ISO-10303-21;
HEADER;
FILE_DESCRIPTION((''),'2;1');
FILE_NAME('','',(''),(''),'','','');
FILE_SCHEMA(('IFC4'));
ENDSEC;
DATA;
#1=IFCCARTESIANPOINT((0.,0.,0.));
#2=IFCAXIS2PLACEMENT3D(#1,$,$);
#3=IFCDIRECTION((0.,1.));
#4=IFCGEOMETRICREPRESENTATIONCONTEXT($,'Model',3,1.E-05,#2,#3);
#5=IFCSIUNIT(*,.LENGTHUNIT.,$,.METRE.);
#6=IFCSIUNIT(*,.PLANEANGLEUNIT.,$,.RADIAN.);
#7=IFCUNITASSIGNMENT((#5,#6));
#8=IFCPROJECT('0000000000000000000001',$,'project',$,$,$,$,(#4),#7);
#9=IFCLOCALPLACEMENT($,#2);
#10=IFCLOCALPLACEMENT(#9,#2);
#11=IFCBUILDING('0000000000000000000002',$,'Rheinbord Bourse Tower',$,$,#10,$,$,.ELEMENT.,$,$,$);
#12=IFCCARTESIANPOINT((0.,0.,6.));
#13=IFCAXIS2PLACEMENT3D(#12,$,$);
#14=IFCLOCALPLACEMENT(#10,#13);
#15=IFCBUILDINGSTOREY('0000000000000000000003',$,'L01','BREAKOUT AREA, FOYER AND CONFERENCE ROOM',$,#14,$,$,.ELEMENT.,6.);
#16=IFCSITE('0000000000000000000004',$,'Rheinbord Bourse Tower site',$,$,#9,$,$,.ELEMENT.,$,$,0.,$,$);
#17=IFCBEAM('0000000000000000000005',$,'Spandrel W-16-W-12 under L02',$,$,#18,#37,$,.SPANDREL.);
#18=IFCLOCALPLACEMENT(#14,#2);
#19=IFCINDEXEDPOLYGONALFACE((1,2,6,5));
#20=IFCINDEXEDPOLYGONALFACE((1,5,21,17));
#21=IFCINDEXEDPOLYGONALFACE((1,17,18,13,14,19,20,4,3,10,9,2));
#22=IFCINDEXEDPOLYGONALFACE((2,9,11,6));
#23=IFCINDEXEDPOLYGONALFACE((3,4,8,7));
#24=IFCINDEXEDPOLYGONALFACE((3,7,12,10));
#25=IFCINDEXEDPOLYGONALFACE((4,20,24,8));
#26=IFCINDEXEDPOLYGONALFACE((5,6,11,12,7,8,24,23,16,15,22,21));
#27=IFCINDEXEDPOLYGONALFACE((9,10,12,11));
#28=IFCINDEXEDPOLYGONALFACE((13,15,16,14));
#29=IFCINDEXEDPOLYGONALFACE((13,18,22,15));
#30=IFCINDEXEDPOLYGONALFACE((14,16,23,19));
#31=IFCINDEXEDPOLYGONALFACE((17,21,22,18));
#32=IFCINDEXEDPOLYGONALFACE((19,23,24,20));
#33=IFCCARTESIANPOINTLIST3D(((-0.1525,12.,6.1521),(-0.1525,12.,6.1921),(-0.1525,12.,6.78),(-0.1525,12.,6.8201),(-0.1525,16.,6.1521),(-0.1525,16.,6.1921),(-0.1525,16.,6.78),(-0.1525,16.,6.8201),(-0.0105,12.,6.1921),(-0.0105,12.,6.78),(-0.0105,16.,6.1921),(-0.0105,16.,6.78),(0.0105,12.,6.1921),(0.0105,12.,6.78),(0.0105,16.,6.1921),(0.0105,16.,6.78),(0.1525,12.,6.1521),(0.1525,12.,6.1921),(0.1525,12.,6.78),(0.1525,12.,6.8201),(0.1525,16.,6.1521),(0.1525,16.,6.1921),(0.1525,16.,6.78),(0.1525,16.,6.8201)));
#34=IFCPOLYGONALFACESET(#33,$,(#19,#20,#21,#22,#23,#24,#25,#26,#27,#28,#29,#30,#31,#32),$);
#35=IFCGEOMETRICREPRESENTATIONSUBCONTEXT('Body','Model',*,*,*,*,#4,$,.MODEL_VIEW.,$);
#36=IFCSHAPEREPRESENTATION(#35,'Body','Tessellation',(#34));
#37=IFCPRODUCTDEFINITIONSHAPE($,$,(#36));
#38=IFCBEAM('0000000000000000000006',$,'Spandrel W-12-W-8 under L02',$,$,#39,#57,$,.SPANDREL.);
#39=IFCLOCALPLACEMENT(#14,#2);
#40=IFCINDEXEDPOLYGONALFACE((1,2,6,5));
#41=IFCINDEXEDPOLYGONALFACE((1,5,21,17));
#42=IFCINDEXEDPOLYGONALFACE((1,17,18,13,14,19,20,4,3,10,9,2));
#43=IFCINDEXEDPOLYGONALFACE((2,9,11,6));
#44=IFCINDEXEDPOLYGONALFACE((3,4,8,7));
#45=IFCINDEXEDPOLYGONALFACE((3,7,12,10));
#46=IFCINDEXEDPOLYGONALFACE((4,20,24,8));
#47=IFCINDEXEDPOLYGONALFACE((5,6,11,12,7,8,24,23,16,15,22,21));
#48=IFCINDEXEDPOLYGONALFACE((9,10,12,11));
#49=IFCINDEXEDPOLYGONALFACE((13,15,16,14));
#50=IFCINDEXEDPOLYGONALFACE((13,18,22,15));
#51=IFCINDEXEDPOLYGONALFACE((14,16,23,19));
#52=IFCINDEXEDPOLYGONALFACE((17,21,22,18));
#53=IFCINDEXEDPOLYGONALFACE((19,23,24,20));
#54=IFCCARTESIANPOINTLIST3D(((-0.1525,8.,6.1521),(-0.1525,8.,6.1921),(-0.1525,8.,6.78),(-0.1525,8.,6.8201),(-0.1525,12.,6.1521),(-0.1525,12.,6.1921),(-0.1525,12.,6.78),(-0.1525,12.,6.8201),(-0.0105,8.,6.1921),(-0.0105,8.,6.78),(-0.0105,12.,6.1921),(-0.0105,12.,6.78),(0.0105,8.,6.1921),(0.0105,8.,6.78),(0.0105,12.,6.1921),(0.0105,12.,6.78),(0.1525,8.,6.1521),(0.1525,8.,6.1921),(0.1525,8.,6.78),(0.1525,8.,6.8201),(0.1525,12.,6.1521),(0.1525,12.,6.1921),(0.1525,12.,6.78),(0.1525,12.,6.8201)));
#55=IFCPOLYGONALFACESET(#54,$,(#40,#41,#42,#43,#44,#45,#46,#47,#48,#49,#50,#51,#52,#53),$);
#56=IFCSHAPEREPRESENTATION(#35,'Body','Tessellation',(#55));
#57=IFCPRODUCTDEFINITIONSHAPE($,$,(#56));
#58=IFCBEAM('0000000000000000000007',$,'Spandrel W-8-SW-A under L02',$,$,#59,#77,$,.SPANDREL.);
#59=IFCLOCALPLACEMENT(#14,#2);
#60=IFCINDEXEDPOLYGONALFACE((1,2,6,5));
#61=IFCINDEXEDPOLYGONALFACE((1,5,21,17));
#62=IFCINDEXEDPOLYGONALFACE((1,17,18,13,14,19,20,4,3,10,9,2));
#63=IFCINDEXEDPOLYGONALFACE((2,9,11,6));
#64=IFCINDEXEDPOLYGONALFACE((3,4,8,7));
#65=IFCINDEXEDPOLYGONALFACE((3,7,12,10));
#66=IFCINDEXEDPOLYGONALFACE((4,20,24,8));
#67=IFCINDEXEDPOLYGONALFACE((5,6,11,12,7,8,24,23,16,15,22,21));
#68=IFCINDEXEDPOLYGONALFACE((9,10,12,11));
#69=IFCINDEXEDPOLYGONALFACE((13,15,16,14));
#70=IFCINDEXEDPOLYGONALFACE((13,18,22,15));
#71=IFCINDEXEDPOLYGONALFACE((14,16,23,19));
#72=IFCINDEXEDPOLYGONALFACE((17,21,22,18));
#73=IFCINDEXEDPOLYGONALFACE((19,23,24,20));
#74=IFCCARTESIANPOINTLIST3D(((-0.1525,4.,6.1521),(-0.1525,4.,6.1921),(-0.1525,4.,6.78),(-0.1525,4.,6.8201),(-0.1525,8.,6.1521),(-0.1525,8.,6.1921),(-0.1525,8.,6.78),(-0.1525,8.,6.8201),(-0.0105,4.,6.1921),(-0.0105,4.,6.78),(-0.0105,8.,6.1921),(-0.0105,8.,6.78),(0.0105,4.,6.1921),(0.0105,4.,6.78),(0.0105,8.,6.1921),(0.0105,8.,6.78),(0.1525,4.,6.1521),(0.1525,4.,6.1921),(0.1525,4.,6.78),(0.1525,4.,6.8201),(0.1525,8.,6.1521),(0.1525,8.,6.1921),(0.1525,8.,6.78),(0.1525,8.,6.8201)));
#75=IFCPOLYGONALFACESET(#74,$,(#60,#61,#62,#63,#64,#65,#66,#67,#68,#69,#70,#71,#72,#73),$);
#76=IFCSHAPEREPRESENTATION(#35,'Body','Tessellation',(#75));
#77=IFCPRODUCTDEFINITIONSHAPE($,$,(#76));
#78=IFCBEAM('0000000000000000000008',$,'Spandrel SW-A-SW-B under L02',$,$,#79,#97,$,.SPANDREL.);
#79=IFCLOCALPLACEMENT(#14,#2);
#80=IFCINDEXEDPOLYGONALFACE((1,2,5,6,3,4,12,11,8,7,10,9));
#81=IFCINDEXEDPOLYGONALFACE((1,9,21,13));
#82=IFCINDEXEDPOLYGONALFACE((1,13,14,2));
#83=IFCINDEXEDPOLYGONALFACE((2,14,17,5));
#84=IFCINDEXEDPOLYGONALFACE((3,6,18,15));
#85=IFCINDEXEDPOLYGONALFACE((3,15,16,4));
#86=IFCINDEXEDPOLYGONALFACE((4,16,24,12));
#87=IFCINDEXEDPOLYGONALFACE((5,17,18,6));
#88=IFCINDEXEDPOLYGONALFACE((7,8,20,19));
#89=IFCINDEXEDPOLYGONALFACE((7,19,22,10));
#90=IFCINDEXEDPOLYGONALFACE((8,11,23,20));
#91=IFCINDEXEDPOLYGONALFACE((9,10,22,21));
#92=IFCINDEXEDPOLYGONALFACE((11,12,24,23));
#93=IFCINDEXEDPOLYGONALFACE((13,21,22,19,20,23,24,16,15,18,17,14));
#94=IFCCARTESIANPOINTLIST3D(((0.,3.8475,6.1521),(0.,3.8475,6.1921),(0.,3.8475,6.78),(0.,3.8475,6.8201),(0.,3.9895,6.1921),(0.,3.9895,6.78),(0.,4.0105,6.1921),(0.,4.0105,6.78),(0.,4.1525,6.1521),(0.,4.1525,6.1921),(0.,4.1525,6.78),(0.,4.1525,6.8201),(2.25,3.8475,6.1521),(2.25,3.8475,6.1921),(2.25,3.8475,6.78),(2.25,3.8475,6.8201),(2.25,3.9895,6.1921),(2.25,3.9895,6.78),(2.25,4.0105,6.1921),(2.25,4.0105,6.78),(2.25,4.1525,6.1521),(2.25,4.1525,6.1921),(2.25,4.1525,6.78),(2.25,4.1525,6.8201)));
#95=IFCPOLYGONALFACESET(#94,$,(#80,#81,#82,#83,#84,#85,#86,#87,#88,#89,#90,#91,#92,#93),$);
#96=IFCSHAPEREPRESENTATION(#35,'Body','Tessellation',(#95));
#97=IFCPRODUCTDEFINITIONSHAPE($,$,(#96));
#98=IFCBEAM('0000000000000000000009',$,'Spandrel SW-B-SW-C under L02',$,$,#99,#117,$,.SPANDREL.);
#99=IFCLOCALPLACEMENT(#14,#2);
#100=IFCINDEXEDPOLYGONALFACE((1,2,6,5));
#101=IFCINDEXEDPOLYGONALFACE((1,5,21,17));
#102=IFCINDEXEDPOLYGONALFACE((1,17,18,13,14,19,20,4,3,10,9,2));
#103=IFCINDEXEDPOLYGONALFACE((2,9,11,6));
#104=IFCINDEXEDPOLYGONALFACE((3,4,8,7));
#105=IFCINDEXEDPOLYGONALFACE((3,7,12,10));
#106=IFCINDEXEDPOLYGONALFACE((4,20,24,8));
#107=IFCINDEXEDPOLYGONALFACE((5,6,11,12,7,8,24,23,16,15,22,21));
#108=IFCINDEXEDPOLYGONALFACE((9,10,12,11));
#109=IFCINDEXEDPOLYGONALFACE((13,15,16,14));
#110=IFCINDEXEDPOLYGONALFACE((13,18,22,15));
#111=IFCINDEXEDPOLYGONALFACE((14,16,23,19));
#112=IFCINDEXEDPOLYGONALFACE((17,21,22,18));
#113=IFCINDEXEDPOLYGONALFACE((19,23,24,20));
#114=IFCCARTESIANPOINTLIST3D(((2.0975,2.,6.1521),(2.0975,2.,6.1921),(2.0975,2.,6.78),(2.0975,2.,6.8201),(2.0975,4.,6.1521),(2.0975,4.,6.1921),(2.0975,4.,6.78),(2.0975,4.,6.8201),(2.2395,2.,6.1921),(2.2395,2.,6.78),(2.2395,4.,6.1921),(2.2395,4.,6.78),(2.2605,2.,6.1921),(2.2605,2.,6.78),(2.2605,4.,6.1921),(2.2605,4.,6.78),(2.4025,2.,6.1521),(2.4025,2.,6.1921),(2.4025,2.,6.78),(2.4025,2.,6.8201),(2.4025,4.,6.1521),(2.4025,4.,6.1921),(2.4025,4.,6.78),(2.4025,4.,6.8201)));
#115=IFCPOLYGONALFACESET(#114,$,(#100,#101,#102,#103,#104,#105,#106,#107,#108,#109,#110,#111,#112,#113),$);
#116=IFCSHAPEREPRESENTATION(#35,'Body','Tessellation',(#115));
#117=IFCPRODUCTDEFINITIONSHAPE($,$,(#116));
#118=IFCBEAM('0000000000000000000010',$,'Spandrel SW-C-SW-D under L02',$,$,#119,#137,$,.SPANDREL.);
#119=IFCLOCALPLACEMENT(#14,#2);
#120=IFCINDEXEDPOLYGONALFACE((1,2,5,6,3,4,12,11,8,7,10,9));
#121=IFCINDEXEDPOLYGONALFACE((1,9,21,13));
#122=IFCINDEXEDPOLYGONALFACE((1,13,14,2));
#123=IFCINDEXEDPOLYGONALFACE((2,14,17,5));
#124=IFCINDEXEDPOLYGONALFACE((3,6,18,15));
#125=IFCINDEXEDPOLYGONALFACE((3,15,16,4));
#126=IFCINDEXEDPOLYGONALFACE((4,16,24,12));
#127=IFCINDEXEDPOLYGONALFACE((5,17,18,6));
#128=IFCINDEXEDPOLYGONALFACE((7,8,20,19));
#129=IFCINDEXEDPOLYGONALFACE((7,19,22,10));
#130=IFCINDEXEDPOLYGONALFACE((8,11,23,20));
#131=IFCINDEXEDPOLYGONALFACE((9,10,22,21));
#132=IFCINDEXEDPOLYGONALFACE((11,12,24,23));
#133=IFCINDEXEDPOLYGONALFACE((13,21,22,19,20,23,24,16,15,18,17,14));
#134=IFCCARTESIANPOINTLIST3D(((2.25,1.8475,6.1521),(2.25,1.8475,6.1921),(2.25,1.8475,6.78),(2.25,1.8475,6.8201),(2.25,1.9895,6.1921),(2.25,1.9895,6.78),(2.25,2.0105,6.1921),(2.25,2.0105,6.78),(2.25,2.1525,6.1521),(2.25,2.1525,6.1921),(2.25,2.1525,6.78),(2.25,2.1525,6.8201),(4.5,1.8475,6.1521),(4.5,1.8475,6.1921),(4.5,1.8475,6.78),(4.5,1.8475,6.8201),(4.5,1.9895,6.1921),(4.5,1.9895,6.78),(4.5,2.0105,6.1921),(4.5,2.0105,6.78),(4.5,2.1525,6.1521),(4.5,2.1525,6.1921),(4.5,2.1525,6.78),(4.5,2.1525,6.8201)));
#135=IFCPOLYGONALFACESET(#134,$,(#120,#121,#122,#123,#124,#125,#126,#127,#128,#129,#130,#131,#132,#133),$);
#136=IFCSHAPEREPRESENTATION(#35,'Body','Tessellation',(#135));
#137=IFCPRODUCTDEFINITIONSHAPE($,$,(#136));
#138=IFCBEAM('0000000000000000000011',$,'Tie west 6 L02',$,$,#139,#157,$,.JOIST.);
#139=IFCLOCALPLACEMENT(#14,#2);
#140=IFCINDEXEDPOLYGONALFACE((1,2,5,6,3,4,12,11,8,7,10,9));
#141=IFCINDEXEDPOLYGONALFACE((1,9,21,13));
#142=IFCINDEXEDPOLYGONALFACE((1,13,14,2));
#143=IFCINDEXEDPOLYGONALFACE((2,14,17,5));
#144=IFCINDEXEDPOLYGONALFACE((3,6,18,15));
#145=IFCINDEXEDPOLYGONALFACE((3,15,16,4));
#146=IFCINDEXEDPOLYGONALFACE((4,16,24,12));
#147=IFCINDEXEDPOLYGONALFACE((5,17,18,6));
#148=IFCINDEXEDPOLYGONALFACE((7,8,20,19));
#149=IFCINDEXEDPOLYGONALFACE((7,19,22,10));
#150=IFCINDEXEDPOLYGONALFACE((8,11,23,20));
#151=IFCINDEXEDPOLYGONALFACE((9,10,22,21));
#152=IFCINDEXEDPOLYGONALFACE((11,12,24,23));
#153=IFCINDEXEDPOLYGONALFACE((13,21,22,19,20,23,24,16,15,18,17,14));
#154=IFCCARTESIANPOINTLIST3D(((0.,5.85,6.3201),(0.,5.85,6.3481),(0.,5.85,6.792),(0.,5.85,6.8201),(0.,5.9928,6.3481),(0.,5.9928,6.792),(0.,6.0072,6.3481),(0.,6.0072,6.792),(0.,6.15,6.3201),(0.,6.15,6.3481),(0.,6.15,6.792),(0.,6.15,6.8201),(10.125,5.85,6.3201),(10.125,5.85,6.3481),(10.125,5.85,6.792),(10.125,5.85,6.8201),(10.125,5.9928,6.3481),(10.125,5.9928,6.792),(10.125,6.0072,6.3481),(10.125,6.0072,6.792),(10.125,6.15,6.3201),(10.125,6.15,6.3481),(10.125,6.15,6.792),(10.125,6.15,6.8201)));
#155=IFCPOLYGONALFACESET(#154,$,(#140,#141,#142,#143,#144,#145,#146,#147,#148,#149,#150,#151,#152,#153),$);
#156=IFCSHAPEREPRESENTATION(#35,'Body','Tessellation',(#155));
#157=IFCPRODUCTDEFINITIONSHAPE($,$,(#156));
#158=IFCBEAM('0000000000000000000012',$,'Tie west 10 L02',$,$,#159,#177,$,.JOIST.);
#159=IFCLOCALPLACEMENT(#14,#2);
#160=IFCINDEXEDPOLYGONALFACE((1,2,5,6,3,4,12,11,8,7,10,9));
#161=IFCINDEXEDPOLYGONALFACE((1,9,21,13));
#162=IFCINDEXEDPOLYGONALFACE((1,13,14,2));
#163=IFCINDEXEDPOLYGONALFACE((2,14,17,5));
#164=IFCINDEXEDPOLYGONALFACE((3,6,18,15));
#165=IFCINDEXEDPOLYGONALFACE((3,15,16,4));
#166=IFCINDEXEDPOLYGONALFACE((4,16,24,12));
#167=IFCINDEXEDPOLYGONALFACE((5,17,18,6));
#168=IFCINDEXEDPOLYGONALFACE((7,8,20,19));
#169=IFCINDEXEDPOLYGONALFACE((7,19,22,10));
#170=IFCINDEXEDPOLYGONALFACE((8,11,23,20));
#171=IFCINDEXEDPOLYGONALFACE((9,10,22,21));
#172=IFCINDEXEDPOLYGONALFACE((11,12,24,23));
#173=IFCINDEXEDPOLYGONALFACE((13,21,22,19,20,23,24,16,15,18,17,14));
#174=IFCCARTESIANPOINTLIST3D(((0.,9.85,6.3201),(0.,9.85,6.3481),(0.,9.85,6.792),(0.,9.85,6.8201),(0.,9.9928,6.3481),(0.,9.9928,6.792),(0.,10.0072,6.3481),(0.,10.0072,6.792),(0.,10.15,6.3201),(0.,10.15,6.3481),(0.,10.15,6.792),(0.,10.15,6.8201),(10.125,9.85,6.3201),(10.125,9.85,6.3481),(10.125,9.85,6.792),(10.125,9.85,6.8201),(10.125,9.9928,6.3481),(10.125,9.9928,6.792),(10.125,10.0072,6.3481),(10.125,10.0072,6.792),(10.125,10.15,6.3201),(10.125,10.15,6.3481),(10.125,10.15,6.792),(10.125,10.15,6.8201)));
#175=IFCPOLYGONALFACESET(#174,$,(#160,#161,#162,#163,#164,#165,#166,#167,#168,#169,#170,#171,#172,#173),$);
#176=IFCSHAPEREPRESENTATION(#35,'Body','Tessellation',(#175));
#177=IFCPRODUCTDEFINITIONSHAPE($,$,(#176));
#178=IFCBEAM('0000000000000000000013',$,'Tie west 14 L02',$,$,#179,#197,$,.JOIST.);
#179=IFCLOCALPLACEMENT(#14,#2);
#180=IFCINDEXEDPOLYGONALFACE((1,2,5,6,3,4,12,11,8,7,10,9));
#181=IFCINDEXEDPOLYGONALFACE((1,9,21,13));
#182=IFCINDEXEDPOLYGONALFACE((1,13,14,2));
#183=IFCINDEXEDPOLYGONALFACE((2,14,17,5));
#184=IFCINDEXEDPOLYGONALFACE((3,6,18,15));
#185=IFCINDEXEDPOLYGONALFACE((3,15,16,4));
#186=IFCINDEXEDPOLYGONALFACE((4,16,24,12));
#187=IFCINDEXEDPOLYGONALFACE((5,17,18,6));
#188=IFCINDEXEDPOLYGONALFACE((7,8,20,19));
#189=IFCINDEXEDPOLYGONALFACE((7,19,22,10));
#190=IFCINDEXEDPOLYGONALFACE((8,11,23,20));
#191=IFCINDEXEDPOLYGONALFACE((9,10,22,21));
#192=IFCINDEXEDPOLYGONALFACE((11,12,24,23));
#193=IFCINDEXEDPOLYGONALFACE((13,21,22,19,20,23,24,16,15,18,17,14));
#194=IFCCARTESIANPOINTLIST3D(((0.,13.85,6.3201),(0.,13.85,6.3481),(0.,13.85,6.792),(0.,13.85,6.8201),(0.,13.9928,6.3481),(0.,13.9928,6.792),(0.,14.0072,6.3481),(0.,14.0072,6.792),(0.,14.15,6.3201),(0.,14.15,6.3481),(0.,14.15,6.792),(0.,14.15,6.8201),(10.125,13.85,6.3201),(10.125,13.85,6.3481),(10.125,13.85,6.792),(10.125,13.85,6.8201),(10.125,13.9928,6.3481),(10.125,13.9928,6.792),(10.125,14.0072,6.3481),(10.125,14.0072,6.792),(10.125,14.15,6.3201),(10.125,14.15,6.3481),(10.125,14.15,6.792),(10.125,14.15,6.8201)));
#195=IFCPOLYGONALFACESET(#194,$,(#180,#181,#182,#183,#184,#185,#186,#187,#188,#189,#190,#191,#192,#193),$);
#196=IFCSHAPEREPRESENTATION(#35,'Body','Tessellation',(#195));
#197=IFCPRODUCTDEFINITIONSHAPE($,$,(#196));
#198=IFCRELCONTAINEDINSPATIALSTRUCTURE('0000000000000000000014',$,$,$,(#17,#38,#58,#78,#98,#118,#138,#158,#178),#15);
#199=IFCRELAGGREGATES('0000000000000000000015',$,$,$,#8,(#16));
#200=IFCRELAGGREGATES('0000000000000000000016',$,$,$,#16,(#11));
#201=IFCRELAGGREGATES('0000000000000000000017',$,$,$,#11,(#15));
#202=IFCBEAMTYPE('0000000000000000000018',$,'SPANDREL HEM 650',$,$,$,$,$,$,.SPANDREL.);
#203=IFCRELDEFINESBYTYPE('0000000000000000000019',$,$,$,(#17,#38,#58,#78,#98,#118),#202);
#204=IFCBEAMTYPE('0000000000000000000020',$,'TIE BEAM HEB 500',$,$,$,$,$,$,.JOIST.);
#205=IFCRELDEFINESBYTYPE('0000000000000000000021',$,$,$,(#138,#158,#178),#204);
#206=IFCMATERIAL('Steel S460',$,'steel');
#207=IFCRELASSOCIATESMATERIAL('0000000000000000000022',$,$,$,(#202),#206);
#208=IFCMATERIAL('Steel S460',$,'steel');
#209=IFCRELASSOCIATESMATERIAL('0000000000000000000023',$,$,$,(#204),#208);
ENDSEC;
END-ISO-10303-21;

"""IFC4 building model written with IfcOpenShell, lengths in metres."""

from ifc_helpers import new_model, si_unit, direction, frame, origin, origin_2d, place, context, subcontext, project, spatial, i_section, extrude, material, material_profile, profile_set, type_object, element, save


model = new_model("IFC4")

# Units and contexts
model_context = context("Model", 3, precision=1e-05, world=origin(), true_north=direction((0.0, 1.0)))
body_context = subcontext(model_context, "Body", "Model", "MODEL_VIEW")
ifc_project = project(units=[si_unit("LENGTHUNIT", "METRE"), si_unit("PLANEANGLEUNIT", "RADIAN")], contexts=[model_context])

# Site, building, storey
site_placement = place(None, origin())
site = spatial("IfcSite", under=ifc_project, at=site_placement, Name="Rheinbord Bourse Tower site", CompositionType="ELEMENT", RefElevation=0.0)
building_placement = place(site_placement, origin())
building = spatial("IfcBuilding", under=site, at=building_placement, Name="Rheinbord Bourse Tower", CompositionType="ELEMENT")
storey_placement = place(building_placement, frame((0.0, 0.0, 6.0)))
storey = spatial("IfcBuildingStorey", under=building, at=storey_placement, Name="L01", Description="BREAKOUT AREA, FOYER AND CONFERENCE ROOM", CompositionType="ELEMENT", Elevation=6.0)

# Beams
ifc_material_1 = material(Name="Steel S460", Category="steel")
ifc_material_profile_1 = material_profile(ifc_material_1, i_section(OverallWidth=0.3049, OverallDepth=0.668, WebThickness=0.021, FlangeThickness=0.04, at=origin_2d()), Name="HEM 650")
ifc_profile_set_1 = profile_set([ifc_material_profile_1], Name="Steel S460")
beam_type_1 = type_object("IfcBeamType", Name="SPANDREL HEM 650", PredefinedType="SPANDREL", material=ifc_profile_set_1)
for number, where, z_axis, x_axis, name in (
    (1, (0.0, 16.0, 6.4861), (0.0, -1.0, 0.0), (1.0, 0.0, 0.0), "Spandrel W-16-W-12 under L02"),
    (2, (0.0, 12.0, 6.4861), (0.0, -1.0, 0.0), (1.0, 0.0, 0.0), "Spandrel W-12-W-8 under L02"),
    (3, (0.0, 8.0, 6.4861), (0.0, -1.0, 0.0), (1.0, 0.0, 0.0), "Spandrel W-8-SW-A under L02"),
):
    element("IfcBeam", number, at=place(storey_placement, frame(where, z_axis=z_axis, x_axis=x_axis)), inside=storey, type_object=beam_type_1, Name=name, PredefinedType="SPANDREL", context=body_context, shape_type="SweptSolid", body=[
        extrude(i_section(OverallWidth=0.3049, OverallDepth=0.668, WebThickness=0.021, FlangeThickness=0.04, at=origin_2d()), origin(), (0.0, 0.0, 1.0), 4.0),
    ])
beam_1_placement = place(storey_placement, frame((0.0, 4.0, 6.4861), z_axis=(1.0, 0.0, 0.0), x_axis=(0.0, 1.0, 0.0)))
element("IfcBeam", 4, at=beam_1_placement, inside=storey, type_object=beam_type_1, Name="Spandrel SW-A-SW-B under L02", PredefinedType="SPANDREL", context=body_context, shape_type="SweptSolid", body=[
    extrude(i_section(OverallWidth=0.3049, OverallDepth=0.668, WebThickness=0.021, FlangeThickness=0.04, at=origin_2d()), origin(), (0.0, 0.0, 1.0), 2.25),
])
beam_2_placement = place(storey_placement, frame((2.25, 4.0, 6.4861), z_axis=(0.0, -1.0, 0.0), x_axis=(1.0, 0.0, 0.0)))
element("IfcBeam", 5, at=beam_2_placement, inside=storey, type_object=beam_type_1, Name="Spandrel SW-B-SW-C under L02", PredefinedType="SPANDREL", context=body_context, shape_type="SweptSolid", body=[
    extrude(i_section(OverallWidth=0.3049, OverallDepth=0.668, WebThickness=0.021, FlangeThickness=0.04, at=origin_2d()), origin(), (0.0, 0.0, 1.0), 2.0),
])
beam_3_placement = place(storey_placement, frame((2.25, 2.0, 6.4861), z_axis=(1.0, 0.0, 0.0), x_axis=(0.0, 1.0, 0.0)))
element("IfcBeam", 6, at=beam_3_placement, inside=storey, type_object=beam_type_1, Name="Spandrel SW-C-SW-D under L02", PredefinedType="SPANDREL", context=body_context, shape_type="SweptSolid", body=[
    extrude(i_section(OverallWidth=0.3049, OverallDepth=0.668, WebThickness=0.021, FlangeThickness=0.04, at=origin_2d()), origin(), (0.0, 0.0, 1.0), 2.25),
])
ifc_material_2 = material(Name="Steel S460", Category="steel")
ifc_material_profile_2 = material_profile(ifc_material_2, i_section(OverallWidth=0.3, OverallDepth=0.5, WebThickness=0.0144, FlangeThickness=0.0281, at=origin_2d()), Name="HEB 500")
ifc_profile_set_2 = profile_set([ifc_material_profile_2], Name="Steel S460")
beam_type_2 = type_object("IfcBeamType", Name="TIE BEAM HEB 500", PredefinedType="JOIST", material=ifc_profile_set_2)
for number, where, z_axis, x_axis, name in (
    (7, (0.0, 6.0, 6.5701), (1.0, 0.0, 0.0), (0.0, 1.0, 0.0), "Tie west 6 L02"),
    (8, (0.0, 10.0, 6.5701), (1.0, 0.0, 0.0), (0.0, 1.0, 0.0), "Tie west 10 L02"),
    (9, (0.0, 14.0, 6.5701), (1.0, 0.0, 0.0), (0.0, 1.0, 0.0), "Tie west 14 L02"),
):
    element("IfcBeam", number, at=place(storey_placement, frame(where, z_axis=z_axis, x_axis=x_axis)), inside=storey, type_object=beam_type_2, Name=name, PredefinedType="JOIST", context=body_context, shape_type="SweptSolid", body=[
        extrude(i_section(OverallWidth=0.3, OverallDepth=0.5, WebThickness=0.0144, FlangeThickness=0.0281, at=origin_2d()), origin(), (0.0, 0.0, 1.0), 10.125),
    ])

save(model, "model.ifc")
